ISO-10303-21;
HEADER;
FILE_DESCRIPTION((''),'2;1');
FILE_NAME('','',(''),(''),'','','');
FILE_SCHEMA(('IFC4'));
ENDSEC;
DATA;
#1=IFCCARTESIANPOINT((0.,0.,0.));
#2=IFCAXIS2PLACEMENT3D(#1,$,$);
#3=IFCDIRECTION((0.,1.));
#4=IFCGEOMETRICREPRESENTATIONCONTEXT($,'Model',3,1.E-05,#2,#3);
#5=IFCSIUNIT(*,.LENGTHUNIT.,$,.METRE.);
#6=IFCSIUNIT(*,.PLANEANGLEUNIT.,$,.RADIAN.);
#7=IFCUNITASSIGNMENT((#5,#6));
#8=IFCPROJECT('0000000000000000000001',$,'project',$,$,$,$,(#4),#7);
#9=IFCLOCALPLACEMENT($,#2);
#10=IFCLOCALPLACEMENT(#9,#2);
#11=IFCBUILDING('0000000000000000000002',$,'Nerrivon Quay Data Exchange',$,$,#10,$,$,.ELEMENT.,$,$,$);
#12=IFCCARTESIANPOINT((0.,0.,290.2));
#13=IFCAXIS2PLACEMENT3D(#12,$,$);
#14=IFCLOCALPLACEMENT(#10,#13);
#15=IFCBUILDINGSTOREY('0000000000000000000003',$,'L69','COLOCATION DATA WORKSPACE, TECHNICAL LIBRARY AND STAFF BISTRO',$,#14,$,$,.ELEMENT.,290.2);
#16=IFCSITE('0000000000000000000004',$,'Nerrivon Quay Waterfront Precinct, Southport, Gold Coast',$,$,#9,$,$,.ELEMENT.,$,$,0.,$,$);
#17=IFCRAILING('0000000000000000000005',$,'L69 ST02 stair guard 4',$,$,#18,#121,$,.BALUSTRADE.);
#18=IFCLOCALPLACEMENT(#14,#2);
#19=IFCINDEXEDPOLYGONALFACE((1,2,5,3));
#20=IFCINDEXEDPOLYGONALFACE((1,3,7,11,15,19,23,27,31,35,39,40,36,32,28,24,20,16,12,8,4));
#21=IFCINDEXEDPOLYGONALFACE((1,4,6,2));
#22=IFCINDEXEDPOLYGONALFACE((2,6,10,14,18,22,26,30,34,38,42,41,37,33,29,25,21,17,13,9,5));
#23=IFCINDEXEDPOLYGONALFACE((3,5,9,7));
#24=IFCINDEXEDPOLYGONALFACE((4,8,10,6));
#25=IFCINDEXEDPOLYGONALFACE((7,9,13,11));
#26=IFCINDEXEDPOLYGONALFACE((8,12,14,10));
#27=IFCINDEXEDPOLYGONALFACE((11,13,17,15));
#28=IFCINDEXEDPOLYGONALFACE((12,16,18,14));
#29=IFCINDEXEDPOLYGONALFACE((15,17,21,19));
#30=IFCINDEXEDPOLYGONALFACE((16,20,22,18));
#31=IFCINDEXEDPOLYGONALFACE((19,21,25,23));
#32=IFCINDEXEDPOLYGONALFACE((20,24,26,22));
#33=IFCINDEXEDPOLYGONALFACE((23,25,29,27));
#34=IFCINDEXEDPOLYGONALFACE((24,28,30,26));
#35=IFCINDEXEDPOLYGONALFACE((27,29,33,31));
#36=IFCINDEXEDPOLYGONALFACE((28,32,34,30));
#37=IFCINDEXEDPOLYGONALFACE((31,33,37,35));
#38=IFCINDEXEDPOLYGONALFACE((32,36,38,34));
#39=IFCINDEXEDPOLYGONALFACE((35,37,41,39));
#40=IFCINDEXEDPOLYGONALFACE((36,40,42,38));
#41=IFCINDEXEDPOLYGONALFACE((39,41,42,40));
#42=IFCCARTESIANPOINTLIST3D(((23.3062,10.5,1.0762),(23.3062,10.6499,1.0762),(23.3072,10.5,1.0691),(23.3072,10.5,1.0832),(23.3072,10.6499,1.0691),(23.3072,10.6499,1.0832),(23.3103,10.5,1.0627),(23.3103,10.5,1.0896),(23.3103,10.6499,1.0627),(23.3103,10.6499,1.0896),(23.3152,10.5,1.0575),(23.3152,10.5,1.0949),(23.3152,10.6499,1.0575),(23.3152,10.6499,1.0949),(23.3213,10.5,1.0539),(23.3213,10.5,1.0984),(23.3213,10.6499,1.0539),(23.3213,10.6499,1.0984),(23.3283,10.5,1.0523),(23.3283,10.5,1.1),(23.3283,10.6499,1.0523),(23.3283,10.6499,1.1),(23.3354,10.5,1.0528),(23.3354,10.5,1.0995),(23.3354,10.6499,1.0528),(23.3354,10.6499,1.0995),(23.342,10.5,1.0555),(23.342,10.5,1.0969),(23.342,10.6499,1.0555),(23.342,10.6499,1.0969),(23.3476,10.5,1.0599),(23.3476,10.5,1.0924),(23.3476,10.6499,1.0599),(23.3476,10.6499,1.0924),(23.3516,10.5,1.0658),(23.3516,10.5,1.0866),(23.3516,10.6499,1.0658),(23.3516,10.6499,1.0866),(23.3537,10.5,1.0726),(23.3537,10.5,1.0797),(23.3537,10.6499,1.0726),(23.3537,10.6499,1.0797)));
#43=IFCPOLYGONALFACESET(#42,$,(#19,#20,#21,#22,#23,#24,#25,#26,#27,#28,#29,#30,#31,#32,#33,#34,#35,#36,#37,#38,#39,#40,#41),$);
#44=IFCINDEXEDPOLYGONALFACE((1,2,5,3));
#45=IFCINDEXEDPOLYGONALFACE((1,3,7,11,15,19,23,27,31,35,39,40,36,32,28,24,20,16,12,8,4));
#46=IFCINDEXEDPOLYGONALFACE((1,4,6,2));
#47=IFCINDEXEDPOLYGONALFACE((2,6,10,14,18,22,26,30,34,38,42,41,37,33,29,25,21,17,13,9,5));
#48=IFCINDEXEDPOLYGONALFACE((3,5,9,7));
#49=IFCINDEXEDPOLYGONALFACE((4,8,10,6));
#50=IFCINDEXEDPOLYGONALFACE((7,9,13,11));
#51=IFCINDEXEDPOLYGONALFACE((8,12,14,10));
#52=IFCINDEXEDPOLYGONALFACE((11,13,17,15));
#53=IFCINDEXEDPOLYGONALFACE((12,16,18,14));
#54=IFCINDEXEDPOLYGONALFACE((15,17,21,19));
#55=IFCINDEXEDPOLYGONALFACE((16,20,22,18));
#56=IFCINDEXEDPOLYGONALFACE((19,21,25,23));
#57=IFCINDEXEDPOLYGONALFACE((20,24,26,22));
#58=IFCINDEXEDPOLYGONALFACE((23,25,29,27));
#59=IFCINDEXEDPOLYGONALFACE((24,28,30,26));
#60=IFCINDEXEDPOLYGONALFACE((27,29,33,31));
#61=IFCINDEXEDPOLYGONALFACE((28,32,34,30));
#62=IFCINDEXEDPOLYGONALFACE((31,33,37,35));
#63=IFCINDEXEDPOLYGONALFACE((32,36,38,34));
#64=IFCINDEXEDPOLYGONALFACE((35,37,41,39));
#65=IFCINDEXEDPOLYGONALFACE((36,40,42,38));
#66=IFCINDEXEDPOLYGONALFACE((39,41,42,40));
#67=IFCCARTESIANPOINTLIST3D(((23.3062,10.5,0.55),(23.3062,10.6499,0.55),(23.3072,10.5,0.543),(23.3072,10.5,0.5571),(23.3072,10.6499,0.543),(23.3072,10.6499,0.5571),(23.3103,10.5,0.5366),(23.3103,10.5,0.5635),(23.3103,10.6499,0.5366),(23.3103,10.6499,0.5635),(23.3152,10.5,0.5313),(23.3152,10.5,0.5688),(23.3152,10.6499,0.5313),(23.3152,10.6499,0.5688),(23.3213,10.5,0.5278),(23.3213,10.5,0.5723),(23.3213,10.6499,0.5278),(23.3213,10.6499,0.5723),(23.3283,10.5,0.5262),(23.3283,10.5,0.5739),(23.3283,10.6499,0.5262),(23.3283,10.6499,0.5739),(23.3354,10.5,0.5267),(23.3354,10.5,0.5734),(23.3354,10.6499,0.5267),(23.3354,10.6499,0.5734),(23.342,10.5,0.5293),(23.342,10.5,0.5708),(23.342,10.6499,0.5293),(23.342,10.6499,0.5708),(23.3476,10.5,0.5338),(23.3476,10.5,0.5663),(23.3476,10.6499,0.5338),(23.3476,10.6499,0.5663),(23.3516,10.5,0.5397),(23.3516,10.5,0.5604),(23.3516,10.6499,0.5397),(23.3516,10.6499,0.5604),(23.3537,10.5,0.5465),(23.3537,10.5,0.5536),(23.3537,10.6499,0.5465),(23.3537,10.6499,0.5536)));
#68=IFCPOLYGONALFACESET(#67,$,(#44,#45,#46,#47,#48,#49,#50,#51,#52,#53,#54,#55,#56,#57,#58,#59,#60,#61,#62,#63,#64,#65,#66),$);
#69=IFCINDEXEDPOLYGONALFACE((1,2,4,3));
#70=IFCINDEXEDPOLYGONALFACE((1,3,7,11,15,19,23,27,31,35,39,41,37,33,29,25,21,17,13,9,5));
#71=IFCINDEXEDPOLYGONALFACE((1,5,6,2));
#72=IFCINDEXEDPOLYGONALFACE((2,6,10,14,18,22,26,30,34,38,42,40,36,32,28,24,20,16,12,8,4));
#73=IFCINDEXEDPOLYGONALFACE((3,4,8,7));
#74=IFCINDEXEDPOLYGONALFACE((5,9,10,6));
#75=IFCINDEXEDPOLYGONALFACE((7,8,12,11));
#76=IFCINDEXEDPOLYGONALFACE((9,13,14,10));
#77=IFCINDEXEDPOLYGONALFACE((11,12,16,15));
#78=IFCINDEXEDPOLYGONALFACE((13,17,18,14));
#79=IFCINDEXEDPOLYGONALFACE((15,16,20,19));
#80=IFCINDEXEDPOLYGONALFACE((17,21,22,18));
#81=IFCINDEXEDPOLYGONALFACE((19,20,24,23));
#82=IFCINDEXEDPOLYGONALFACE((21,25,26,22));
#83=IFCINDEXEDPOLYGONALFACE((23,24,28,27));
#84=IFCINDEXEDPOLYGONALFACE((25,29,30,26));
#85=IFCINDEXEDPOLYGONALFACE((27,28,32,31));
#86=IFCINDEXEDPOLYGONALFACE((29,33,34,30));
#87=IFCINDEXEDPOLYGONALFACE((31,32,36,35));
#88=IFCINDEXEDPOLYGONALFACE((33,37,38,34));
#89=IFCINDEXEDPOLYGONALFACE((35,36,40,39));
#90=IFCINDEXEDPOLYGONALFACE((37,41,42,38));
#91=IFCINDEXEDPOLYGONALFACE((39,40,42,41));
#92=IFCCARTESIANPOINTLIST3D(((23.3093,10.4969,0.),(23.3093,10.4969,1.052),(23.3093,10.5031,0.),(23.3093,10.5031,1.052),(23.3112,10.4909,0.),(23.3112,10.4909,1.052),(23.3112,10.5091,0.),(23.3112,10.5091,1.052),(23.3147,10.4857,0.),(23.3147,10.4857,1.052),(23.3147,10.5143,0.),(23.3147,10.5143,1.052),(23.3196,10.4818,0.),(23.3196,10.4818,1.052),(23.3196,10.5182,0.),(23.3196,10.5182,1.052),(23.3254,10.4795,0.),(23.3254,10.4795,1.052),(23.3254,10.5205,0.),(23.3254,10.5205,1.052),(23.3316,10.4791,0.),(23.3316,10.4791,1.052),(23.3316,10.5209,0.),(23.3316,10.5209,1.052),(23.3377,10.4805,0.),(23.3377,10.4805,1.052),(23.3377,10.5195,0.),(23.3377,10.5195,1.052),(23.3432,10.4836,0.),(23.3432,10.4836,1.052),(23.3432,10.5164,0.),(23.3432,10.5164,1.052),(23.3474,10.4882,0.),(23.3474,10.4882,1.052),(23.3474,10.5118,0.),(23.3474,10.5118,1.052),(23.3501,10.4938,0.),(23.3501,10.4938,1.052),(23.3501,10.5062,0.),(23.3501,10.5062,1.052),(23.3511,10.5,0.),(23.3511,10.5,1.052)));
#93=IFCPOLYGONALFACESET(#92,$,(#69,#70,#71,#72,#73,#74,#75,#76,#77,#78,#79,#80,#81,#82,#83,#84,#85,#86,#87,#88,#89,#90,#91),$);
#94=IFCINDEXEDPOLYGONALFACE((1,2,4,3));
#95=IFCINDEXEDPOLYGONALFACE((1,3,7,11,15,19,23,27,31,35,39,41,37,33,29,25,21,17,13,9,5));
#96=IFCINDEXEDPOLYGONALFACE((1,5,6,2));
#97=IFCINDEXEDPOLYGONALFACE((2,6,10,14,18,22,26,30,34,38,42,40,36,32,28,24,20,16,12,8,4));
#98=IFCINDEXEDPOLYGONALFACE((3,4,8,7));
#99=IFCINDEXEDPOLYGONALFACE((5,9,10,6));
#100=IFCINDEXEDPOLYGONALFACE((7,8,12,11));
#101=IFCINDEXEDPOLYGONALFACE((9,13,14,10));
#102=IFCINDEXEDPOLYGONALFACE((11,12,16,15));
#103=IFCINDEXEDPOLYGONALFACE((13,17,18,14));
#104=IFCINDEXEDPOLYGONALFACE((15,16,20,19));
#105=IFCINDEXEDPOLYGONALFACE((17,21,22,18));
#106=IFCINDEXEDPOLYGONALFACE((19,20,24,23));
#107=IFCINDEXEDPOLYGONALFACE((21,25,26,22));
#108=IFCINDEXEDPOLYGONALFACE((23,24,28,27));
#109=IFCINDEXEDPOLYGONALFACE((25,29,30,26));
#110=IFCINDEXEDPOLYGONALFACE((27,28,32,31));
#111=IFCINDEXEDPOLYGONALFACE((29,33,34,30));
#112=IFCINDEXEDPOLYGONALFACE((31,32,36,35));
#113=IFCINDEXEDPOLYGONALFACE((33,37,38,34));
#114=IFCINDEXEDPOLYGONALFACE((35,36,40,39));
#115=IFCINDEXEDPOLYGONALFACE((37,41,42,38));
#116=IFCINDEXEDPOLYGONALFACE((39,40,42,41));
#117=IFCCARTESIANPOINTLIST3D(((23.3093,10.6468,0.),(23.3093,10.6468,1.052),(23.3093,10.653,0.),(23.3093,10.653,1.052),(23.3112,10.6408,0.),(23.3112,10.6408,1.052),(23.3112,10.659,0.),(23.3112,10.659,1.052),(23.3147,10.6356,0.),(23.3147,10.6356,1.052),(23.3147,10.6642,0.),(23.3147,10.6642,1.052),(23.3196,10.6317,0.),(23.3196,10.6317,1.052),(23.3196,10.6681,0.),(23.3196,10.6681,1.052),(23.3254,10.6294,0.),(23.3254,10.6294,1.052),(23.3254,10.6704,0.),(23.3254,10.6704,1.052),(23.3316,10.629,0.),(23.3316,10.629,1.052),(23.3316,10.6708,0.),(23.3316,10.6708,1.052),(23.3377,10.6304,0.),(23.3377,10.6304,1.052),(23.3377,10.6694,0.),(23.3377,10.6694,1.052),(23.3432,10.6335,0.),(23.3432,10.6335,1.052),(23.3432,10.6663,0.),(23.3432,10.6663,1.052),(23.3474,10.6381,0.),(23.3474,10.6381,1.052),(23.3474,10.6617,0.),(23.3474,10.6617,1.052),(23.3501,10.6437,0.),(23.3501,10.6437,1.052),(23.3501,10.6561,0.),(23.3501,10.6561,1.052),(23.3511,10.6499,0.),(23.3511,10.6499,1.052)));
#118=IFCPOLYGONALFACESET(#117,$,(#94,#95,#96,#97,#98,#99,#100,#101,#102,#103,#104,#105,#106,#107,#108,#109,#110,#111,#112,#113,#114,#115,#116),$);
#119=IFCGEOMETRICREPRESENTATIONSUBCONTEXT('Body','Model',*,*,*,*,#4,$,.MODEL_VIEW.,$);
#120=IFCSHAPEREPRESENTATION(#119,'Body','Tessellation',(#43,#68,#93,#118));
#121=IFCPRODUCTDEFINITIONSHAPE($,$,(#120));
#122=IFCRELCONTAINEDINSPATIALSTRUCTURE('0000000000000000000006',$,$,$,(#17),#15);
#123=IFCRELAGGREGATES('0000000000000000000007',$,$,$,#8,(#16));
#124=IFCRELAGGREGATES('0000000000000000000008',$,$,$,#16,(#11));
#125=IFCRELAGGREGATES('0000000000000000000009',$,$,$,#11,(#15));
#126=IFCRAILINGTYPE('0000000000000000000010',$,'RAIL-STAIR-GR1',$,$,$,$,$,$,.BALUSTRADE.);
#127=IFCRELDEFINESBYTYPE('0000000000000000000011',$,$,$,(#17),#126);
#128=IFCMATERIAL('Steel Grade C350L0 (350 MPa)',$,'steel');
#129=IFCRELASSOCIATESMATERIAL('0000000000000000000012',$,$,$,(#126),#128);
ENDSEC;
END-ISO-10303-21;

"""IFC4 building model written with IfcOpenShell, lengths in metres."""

from ifc_helpers import new_model, si_unit, direction, frame, origin, origin_2d, place, context, subcontext, project, spatial, circle, extrude, material, type_object, element, save


model = new_model("IFC4")

# Units and contexts
model_context = context("Model", 3, precision=1e-05, world=origin(), true_north=direction((0.0, 1.0)))
body_context = subcontext(model_context, "Body", "Model", "MODEL_VIEW")
ifc_project = project(units=[si_unit("LENGTHUNIT", "METRE"), si_unit("PLANEANGLEUNIT", "RADIAN")], contexts=[model_context])

# Site, building, storey
site_placement = place(None, origin())
site = spatial("IfcSite", under=ifc_project, at=site_placement, Name="Nerrivon Quay Waterfront Precinct, Southport, Gold Coast", CompositionType="ELEMENT", RefElevation=0.0)
building_placement = place(site_placement, origin())
building = spatial("IfcBuilding", under=site, at=building_placement, Name="Nerrivon Quay Data Exchange", CompositionType="ELEMENT")
storey_placement = place(building_placement, frame((0.0, 0.0, 290.2)))
storey = spatial("IfcBuildingStorey", under=building, at=storey_placement, Name="L69", Description="COLOCATION DATA WORKSPACE, TECHNICAL LIBRARY AND STAFF BISTRO", CompositionType="ELEMENT", Elevation=290.2)

# Railing
ifc_material_1 = material(Name="Steel Grade C350L0 (350 MPa)", Category="steel")
railing_type_1 = type_object("IfcRailingType", Name="RAIL-STAIR-GR1", PredefinedType="BALUSTRADE", material=ifc_material_1)
railing_1_placement = place(storey_placement, frame((23.3301, 10.5, 0.0)))
element("IfcRailing", 1, at=railing_1_placement, inside=storey, type_object=railing_type_1, Name="L69 ST02 stair guard 4", PredefinedType="BALUSTRADE", context=body_context, shape_type="SweptSolid", body=[
    extrude(circle(Radius=0.0239, at=origin_2d()), frame((0.0, 0.0, 1.0762), z_axis=(0.0, 1.0, 0.0), x_axis=(-1.0, 0.0, 0.0)), (0.0, 0.0, 1.0), 0.1499),
    extrude(circle(Radius=0.0239, at=origin_2d()), frame((0.0, 0.0, 0.55), z_axis=(0.0, 1.0, 0.0), x_axis=(-1.0, 0.0, 0.0)), (0.0, 0.0, 1.0), 0.1499),
    extrude(circle(Radius=0.021, at=origin_2d()), origin(), (0.0, 0.0, 1.0), 1.052),
    extrude(circle(Radius=0.021, at=origin_2d()), frame((0.0, 0.1499, 0.0)), (0.0, 0.0, 1.0), 1.052),
])

save(model, "model.ifc")
